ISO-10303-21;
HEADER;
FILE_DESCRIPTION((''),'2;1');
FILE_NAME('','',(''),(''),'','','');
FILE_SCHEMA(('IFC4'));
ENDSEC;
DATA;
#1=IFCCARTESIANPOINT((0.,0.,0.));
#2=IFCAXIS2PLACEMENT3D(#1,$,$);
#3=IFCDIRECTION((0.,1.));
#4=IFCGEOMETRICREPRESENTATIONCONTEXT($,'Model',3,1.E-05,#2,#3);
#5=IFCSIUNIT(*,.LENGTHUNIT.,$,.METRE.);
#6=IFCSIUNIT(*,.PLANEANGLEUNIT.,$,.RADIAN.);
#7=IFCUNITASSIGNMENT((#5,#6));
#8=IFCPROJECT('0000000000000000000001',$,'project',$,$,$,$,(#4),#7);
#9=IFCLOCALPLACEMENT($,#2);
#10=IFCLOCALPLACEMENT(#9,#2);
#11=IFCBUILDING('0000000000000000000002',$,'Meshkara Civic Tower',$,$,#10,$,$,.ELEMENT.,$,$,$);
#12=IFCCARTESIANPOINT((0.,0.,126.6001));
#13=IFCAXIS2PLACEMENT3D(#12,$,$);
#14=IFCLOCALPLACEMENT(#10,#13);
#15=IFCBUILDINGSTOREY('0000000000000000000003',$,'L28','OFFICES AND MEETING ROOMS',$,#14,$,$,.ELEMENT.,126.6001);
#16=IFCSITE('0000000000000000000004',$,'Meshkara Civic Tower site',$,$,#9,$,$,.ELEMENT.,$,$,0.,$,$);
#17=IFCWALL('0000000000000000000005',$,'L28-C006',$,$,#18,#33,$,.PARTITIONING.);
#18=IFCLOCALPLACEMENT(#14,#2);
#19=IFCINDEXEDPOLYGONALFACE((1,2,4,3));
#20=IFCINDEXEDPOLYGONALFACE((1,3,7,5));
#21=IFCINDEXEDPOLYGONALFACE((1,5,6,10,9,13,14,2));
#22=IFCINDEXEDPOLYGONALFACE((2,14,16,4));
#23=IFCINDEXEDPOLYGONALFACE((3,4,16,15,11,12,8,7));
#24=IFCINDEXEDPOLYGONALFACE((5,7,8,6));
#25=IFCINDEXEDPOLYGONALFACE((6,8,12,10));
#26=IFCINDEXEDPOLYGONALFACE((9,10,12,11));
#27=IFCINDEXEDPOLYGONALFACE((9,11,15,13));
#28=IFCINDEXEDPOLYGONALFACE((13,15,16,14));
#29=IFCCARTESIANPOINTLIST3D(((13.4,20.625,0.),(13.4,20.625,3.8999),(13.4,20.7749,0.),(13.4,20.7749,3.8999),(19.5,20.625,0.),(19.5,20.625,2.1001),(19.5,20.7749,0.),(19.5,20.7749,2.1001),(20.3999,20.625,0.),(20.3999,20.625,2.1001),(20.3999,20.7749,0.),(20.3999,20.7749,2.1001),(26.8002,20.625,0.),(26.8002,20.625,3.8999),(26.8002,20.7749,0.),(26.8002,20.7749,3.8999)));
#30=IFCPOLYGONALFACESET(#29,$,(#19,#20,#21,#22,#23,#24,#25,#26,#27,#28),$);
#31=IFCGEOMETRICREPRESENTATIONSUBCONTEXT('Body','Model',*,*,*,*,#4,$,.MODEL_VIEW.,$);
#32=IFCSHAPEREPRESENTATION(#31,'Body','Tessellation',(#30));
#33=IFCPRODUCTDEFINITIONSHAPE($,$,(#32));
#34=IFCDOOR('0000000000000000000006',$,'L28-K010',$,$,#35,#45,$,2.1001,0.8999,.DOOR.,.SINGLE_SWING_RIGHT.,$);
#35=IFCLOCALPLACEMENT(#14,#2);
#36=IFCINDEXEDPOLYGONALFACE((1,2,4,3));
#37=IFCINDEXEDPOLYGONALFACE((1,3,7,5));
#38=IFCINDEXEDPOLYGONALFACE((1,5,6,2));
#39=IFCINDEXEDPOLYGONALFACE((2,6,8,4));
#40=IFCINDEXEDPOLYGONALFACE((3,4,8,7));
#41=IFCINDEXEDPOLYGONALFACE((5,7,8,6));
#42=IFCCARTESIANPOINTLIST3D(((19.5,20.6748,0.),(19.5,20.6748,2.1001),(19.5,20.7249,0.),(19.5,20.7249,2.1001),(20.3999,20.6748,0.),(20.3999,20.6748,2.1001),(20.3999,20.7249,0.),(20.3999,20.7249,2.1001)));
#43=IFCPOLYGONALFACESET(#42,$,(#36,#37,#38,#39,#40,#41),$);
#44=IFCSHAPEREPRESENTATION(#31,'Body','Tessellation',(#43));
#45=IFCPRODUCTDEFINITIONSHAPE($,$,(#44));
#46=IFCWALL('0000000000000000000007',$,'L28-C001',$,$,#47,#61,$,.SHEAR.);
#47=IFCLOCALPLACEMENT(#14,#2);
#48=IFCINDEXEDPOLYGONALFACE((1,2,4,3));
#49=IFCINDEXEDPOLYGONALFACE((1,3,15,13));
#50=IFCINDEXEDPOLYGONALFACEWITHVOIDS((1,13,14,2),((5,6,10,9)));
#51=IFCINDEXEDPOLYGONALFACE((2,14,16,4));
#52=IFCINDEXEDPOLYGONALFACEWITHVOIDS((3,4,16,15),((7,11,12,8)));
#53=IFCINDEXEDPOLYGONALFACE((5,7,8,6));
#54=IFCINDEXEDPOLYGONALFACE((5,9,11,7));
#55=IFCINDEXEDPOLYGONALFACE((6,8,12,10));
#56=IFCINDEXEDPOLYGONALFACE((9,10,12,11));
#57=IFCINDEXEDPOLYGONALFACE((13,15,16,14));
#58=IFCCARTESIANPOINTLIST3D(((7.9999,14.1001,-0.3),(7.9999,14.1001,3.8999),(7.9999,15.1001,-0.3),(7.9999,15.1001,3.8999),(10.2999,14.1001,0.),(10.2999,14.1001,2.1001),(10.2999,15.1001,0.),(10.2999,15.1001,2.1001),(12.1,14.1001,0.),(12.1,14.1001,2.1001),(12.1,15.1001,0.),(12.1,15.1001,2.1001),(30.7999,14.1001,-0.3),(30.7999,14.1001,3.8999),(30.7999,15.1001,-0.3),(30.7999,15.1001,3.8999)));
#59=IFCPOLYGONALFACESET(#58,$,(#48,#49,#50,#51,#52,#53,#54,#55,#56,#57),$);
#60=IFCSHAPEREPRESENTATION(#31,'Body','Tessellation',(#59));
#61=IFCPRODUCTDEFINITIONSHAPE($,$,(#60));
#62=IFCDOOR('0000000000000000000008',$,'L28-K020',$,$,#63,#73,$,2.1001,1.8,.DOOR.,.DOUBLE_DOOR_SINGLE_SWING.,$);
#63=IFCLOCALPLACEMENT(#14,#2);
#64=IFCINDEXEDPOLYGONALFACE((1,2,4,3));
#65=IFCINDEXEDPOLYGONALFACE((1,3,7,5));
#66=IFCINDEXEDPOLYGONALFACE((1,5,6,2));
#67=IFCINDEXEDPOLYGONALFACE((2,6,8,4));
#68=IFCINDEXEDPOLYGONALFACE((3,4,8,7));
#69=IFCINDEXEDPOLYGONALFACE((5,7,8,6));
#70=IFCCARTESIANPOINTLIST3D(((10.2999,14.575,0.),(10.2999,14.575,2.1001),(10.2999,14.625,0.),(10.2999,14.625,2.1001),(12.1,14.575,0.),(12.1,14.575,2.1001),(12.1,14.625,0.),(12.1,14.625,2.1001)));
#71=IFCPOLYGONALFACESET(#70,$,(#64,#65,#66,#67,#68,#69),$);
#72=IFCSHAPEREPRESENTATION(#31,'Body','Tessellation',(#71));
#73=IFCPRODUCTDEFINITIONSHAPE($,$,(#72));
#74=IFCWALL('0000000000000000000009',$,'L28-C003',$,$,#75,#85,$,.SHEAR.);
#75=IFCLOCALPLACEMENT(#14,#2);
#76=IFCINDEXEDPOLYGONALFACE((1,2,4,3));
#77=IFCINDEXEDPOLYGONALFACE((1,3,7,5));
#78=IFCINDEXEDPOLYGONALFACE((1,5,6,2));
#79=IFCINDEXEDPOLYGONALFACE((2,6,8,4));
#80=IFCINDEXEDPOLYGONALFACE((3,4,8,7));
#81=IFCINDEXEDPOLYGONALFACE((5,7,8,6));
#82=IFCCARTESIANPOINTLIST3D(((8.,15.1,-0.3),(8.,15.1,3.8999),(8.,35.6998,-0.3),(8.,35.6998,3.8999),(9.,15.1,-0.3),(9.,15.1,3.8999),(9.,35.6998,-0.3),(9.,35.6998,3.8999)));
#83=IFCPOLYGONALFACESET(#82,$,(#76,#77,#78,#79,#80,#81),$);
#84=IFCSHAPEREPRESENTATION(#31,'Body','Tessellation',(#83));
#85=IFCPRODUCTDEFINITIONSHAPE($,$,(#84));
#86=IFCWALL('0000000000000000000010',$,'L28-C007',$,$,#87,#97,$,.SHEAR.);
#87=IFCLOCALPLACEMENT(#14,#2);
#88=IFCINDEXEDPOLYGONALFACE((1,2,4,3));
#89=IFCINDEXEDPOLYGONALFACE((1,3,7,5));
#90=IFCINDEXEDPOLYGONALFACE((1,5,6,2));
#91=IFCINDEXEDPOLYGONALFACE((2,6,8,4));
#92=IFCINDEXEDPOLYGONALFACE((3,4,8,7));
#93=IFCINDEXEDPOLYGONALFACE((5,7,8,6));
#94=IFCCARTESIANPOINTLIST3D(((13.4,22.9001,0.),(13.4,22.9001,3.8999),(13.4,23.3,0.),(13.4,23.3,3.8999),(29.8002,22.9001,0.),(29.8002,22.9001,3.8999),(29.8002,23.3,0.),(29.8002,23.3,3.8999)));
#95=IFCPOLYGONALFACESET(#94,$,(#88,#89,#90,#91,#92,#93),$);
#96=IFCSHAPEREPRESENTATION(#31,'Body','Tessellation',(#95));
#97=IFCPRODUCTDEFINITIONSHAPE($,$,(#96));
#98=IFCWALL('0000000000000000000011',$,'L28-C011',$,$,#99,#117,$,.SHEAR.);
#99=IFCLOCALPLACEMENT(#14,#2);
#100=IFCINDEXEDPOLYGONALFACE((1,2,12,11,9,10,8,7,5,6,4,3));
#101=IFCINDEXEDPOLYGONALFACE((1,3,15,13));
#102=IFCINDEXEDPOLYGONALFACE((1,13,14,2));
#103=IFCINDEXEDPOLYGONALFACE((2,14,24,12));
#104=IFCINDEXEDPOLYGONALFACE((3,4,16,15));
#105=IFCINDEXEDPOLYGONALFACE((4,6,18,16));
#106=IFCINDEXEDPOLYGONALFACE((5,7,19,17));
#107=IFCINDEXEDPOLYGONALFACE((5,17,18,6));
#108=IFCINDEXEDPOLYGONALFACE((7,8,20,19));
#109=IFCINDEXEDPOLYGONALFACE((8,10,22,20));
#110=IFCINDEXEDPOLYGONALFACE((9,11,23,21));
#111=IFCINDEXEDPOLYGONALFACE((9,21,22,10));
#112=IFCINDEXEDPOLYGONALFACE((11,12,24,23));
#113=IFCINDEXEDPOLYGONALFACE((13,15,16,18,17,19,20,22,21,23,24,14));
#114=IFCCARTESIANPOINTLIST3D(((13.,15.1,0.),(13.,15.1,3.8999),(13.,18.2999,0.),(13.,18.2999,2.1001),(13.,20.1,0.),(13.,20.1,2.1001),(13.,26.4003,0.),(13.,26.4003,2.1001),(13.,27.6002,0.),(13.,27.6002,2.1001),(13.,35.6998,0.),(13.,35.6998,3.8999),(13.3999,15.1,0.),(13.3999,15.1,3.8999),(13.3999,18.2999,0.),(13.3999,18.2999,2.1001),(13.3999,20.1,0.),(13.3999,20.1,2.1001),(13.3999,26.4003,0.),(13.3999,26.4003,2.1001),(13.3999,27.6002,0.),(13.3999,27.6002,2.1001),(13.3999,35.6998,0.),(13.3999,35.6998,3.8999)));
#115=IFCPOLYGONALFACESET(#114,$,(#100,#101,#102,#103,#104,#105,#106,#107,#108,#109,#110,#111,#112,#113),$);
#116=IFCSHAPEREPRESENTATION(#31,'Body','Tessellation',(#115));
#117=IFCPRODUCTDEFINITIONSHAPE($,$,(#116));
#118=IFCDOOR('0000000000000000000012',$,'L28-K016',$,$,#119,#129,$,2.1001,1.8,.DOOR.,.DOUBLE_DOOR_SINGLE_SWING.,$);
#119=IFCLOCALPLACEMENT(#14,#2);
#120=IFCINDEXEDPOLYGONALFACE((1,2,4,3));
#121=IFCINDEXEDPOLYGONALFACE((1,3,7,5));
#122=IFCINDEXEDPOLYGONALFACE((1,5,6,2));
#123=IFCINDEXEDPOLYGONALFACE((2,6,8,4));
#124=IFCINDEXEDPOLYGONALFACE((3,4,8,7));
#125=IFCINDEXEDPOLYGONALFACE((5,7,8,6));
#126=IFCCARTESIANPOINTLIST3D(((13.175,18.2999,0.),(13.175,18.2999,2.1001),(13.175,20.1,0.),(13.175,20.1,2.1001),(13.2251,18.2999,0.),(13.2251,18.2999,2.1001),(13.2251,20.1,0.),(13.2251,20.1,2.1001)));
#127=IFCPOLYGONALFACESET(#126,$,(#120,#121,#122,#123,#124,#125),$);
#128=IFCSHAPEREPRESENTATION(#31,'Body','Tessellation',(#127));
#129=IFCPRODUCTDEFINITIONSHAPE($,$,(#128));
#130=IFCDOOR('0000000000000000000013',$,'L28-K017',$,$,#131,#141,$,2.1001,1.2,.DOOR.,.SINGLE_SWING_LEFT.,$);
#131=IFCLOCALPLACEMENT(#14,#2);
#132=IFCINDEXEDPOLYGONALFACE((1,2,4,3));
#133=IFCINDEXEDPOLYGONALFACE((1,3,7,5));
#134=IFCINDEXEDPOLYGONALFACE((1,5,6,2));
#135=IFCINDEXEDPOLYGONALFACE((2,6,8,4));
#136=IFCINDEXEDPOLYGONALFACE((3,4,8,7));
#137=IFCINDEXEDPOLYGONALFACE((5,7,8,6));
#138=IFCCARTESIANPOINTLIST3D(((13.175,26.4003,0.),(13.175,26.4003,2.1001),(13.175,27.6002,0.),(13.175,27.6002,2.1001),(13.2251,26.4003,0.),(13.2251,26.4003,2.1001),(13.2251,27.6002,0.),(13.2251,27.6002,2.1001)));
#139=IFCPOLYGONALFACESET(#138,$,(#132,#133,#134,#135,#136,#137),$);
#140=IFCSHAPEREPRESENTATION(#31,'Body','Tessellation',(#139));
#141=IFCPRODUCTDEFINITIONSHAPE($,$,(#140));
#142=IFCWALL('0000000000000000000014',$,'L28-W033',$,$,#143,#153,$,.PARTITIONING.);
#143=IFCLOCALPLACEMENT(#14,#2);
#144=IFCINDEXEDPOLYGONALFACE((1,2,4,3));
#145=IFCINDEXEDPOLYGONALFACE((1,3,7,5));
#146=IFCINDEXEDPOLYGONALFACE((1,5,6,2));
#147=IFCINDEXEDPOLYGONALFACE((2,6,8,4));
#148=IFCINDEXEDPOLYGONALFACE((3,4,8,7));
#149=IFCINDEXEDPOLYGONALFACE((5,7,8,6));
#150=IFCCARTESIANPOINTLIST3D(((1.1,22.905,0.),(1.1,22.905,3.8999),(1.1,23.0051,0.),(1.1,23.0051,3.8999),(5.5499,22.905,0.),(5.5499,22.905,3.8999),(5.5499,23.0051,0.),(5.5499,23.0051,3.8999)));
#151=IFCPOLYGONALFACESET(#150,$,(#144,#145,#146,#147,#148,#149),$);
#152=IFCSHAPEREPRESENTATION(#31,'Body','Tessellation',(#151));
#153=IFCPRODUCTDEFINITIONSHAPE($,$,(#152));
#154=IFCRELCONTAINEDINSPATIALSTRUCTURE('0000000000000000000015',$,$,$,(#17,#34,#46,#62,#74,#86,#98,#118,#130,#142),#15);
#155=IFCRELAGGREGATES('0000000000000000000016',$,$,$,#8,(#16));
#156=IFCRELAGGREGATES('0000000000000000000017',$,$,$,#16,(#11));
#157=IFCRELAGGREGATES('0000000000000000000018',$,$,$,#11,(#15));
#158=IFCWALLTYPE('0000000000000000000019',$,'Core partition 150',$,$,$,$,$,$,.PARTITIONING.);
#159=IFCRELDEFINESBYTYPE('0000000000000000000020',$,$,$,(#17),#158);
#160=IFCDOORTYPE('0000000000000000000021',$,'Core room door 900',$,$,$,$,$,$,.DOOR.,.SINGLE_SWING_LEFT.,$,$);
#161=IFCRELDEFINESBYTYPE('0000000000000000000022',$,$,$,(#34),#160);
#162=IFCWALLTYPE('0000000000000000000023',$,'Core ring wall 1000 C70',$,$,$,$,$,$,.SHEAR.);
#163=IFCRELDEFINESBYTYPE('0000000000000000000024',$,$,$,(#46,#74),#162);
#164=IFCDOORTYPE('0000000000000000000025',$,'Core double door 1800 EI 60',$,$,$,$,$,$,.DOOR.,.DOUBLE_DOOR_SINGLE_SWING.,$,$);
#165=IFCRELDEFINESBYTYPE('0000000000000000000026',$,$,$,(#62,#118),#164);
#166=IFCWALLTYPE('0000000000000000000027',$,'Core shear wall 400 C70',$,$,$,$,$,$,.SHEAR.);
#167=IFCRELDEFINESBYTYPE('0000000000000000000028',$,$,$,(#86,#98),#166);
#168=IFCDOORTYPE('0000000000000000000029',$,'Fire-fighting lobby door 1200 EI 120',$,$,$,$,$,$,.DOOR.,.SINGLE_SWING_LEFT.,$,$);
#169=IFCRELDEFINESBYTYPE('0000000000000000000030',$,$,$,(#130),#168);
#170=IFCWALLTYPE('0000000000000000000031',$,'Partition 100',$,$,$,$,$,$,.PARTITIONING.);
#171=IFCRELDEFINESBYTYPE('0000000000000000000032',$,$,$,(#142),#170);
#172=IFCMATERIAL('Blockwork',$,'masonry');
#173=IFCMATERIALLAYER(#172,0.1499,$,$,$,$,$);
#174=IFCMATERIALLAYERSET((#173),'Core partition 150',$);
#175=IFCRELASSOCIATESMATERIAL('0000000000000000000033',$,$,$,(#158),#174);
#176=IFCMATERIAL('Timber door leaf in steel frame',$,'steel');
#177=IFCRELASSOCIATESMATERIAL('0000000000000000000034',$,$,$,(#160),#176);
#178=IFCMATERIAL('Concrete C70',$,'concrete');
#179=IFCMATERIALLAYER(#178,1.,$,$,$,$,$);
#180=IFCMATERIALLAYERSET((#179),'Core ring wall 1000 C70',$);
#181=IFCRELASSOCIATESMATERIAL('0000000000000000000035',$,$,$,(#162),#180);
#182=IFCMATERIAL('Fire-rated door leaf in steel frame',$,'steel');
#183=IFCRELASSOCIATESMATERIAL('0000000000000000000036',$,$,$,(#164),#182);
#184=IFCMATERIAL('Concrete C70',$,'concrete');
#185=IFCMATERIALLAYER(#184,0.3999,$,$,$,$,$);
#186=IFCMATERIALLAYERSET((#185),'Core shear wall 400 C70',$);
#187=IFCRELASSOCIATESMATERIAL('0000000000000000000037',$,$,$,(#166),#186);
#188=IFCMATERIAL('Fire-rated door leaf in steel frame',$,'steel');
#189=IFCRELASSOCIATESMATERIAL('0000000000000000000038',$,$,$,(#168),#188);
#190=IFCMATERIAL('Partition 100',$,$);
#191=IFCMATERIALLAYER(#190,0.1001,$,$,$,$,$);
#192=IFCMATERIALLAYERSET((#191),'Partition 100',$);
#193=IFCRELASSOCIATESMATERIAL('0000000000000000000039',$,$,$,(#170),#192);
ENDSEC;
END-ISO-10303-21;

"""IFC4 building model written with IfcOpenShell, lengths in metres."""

from ifc_helpers import new_model, si_unit, direction, frame, frame_2d, origin, place, context, subcontext, project, spatial, rectangle, extrude, material, layer, layer_set, type_object, element, fill, save


model = new_model("IFC4")

# Units and contexts
model_context = context("Model", 3, precision=1e-05, world=origin(), true_north=direction((0.0, 1.0)))
body_context = subcontext(model_context, "Body", "Model", "MODEL_VIEW")
ifc_project = project(units=[si_unit("LENGTHUNIT", "METRE"), si_unit("PLANEANGLEUNIT", "RADIAN")], contexts=[model_context])

# Site, building, storey
site_placement = place(None, origin())
site = spatial("IfcSite", under=ifc_project, at=site_placement, Name="Meshkara Civic Tower site", CompositionType="ELEMENT", RefElevation=0.0)
building_placement = place(site_placement, origin())
building = spatial("IfcBuilding", under=site, at=building_placement, Name="Meshkara Civic Tower", CompositionType="ELEMENT")
storey_placement = place(building_placement, frame((0.0, 0.0, 126.6001)))
storey = spatial("IfcBuildingStorey", under=building, at=storey_placement, Name="L28", Description="OFFICES AND MEETING ROOMS", CompositionType="ELEMENT", Elevation=126.6001)

# Walls, openings, doors
ifc_material_1 = material(Name="Blockwork", Category="masonry")
ifc_layer_1 = layer(ifc_material_1, 0.1499)
ifc_layer_set_1 = layer_set([ifc_layer_1], Name="Core partition 150")
wall_type_1 = type_object("IfcWallType", Name="Core partition 150", PredefinedType="PARTITIONING", material=ifc_layer_set_1)
wall_1_placement = place(storey_placement, frame((13.3999, 20.7, 0.0), z_axis=(0.0, 0.0, 1.0), x_axis=(1.0, 0.0, 0.0)))
wall_1 = element("IfcWall", 1, at=wall_1_placement, inside=storey, type_object=wall_type_1, Name="L28-C006", PredefinedType="PARTITIONING", context=body_context, shape_type="SweptSolid", body=[
    extrude(rectangle(XDim=13.4001, YDim=0.1499, at=frame_2d((6.7002, 0.0))), origin(), (0.0, 0.0, 1.0), 3.8999),
])
opening_1_placement = place(wall_1_placement, frame((6.1001, 0.0, 0.0)))
opening_1 = element("IfcOpeningElement", 2, at=opening_1_placement, cuts=wall_1, PredefinedType="OPENING", context=body_context, shape_type="SweptSolid", body=[
    extrude(rectangle(XDim=0.8999, YDim=2.1001, at=frame_2d((0.45, 1.05))), frame((0.0, 0.085, 0.0), z_axis=(0.0, -1.0, 0.0), x_axis=(1.0, 0.0, 0.0)), (0.0, 0.0, 1.0), 0.1699),
])
ifc_material_2 = material(Name="Timber door leaf in steel frame", Category="steel")
door_type_1 = type_object("IfcDoorType", Name="Core room door 900", OperationType="SINGLE_SWING_LEFT", PredefinedType="DOOR", material=ifc_material_2)
door_1_placement = place(opening_1_placement, origin())
door_1 = element("IfcDoor", 3, at=door_1_placement, inside=storey, type_object=door_type_1, Name="L28-K010", OperationType="SINGLE_SWING_RIGHT", OverallHeight=2.1001, OverallWidth=0.8999, PredefinedType="DOOR", context=body_context, shape_type="SweptSolid", body=[
    extrude(rectangle(XDim=0.8999, YDim=2.1001, at=frame_2d((0.45, 1.05))), frame((0.0, 0.0249, 0.0), z_axis=(0.0, -1.0, 0.0), x_axis=(1.0, 0.0, 0.0)), (0.0, 0.0, 1.0), 0.05),
])
fill(opening_1, door_1)
ifc_material_3 = material(Name="Concrete C70", Category="concrete")
ifc_layer_2 = layer(ifc_material_3, 1.0)
ifc_layer_set_2 = layer_set([ifc_layer_2], Name="Core ring wall 1000 C70")
wall_type_2 = type_object("IfcWallType", Name="Core ring wall 1000 C70", PredefinedType="SHEAR", material=ifc_layer_set_2)
wall_2_placement = place(storey_placement, frame((8.0, 14.6001, -0.3), z_axis=(0.0, 0.0, 1.0), x_axis=(1.0, 0.0, 0.0)))
wall_2 = element("IfcWall", 4, at=wall_2_placement, inside=storey, type_object=wall_type_2, Name="L28-C001", PredefinedType="SHEAR", context=body_context, shape_type="SweptSolid", body=[
    extrude(rectangle(XDim=22.8, YDim=1.0, at=frame_2d((11.3999, 0.0))), origin(), (0.0, 0.0, 1.0), 4.2),
])
opening_2_placement = place(wall_2_placement, frame((2.3, 0.0, 0.3)))
opening_2 = element("IfcOpeningElement", 5, at=opening_2_placement, cuts=wall_2, PredefinedType="OPENING", context=body_context, shape_type="SweptSolid", body=[
    extrude(rectangle(XDim=1.8, YDim=2.1001, at=frame_2d((0.8999, 1.05))), frame((0.0, 0.51, 0.0), z_axis=(0.0, -1.0, 0.0), x_axis=(1.0, 0.0, 0.0)), (0.0, 0.0, 1.0), 1.02),
])
ifc_material_4 = material(Name="Fire-rated door leaf in steel frame", Category="steel")
door_type_2 = type_object("IfcDoorType", Name="Core double door 1800 EI 60", OperationType="DOUBLE_DOOR_SINGLE_SWING", PredefinedType="DOOR", material=ifc_material_4)
door_2_placement = place(opening_2_placement, origin())
door_2 = element("IfcDoor", 6, at=door_2_placement, inside=storey, type_object=door_type_2, Name="L28-K020", OperationType="DOUBLE_DOOR_SINGLE_SWING", OverallHeight=2.1001, OverallWidth=1.8, PredefinedType="DOOR", context=body_context, shape_type="SweptSolid", body=[
    extrude(rectangle(XDim=1.8, YDim=2.1001, at=frame_2d((0.8999, 1.05))), frame((0.0, 0.0249, 0.0), z_axis=(0.0, -1.0, 0.0), x_axis=(1.0, 0.0, 0.0)), (0.0, 0.0, 1.0), 0.05),
])
fill(opening_2, door_2)

# Walls
wall_3_placement = place(storey_placement, frame((8.5, 15.1001, -0.3), z_axis=(0.0, 0.0, 1.0), x_axis=(0.0, 1.0, 0.0)))
element("IfcWall", 7, at=wall_3_placement, inside=storey, type_object=wall_type_2, Name="L28-C003", PredefinedType="SHEAR", context=body_context, shape_type="SweptSolid", body=[
    extrude(rectangle(XDim=20.5999, YDim=1.0, at=frame_2d((10.2998, 0.0))), origin(), (0.0, 0.0, 1.0), 4.2),
])
ifc_material_5 = material(Name="Concrete C70", Category="concrete")
ifc_layer_3 = layer(ifc_material_5, 0.3999)
ifc_layer_set_3 = layer_set([ifc_layer_3], Name="Core shear wall 400 C70")
wall_type_3 = type_object("IfcWallType", Name="Core shear wall 400 C70", PredefinedType="SHEAR", material=ifc_layer_set_3)
wall_4_placement = place(storey_placement, frame((13.3999, 23.1001, 0.0), z_axis=(0.0, 0.0, 1.0), x_axis=(1.0, 0.0, 0.0)))
element("IfcWall", 8, at=wall_4_placement, inside=storey, type_object=wall_type_3, Name="L28-C007", PredefinedType="SHEAR", context=body_context, shape_type="SweptSolid", body=[
    extrude(rectangle(XDim=16.4001, YDim=0.3999, at=frame_2d((8.2002, 0.0))), origin(), (0.0, 0.0, 1.0), 3.8999),
])

# Wall, openings, doors
wall_5_placement = place(storey_placement, frame((13.2, 15.1001, 0.0), z_axis=(0.0, 0.0, 1.0), x_axis=(0.0, 1.0, 0.0)))
wall_5 = element("IfcWall", 9, at=wall_5_placement, inside=storey, type_object=wall_type_3, Name="L28-C011", PredefinedType="SHEAR", context=body_context, shape_type="SweptSolid", body=[
    extrude(rectangle(XDim=20.5999, YDim=0.3999, at=frame_2d((10.2998, 0.0))), origin(), (0.0, 0.0, 1.0), 3.8999),
])
opening_3_placement = place(wall_5_placement, frame((3.2, 0.0, 0.0)))
opening_3 = element("IfcOpeningElement", 10, at=opening_3_placement, cuts=wall_5, PredefinedType="OPENING", context=body_context, shape_type="SweptSolid", body=[
    extrude(rectangle(XDim=1.8, YDim=2.1001, at=frame_2d((0.8999, 1.05))), frame((0.0, 0.21, 0.0), z_axis=(0.0, -1.0, 0.0), x_axis=(1.0, 0.0, 0.0)), (0.0, 0.0, 1.0), 0.4199),
])
opening_4_placement = place(wall_5_placement, frame((11.3, 0.0, 0.0)))
opening_4 = element("IfcOpeningElement", 11, at=opening_4_placement, cuts=wall_5, PredefinedType="OPENING", context=body_context, shape_type="SweptSolid", body=[
    extrude(rectangle(XDim=1.2, YDim=2.1001, at=frame_2d((0.6001, 1.05))), frame((0.0, 0.21, 0.0), z_axis=(0.0, -1.0, 0.0), x_axis=(1.0, 0.0, 0.0)), (0.0, 0.0, 1.0), 0.4199),
])
door_3_placement = place(opening_3_placement, origin())
door_3 = element("IfcDoor", 12, at=door_3_placement, inside=storey, type_object=door_type_2, Name="L28-K016", OperationType="DOUBLE_DOOR_SINGLE_SWING", OverallHeight=2.1001, OverallWidth=1.8, PredefinedType="DOOR", context=body_context, shape_type="SweptSolid", body=[
    extrude(rectangle(XDim=1.8, YDim=2.1001, at=frame_2d((0.8999, 1.05))), frame((0.0, 0.0249, 0.0), z_axis=(0.0, -1.0, 0.0), x_axis=(1.0, 0.0, 0.0)), (0.0, 0.0, 1.0), 0.05),
])
fill(opening_3, door_3)
ifc_material_6 = material(Name="Fire-rated door leaf in steel frame", Category="steel")
door_type_3 = type_object("IfcDoorType", Name="Fire-fighting lobby door 1200 EI 120", OperationType="SINGLE_SWING_LEFT", PredefinedType="DOOR", material=ifc_material_6)
door_4_placement = place(opening_4_placement, origin())
door_4 = element("IfcDoor", 13, at=door_4_placement, inside=storey, type_object=door_type_3, Name="L28-K017", OperationType="SINGLE_SWING_LEFT", OverallHeight=2.1001, OverallWidth=1.2, PredefinedType="DOOR", context=body_context, shape_type="SweptSolid", body=[
    extrude(rectangle(XDim=1.2, YDim=2.1001, at=frame_2d((0.6001, 1.05))), frame((0.0, 0.0249, 0.0), z_axis=(0.0, -1.0, 0.0), x_axis=(1.0, 0.0, 0.0)), (0.0, 0.0, 1.0), 0.05),
])
fill(opening_4, door_4)

# Wall
ifc_material_7 = material(Name="Partition 100")
ifc_layer_4 = layer(ifc_material_7, 0.1001)
ifc_layer_set_4 = layer_set([ifc_layer_4], Name="Partition 100")
wall_type_4 = type_object("IfcWallType", Name="Partition 100", PredefinedType="PARTITIONING", material=ifc_layer_set_4)
wall_6_placement = place(storey_placement, frame((5.55, 22.9551, 0.0), z_axis=(0.0, 0.0, 1.0), x_axis=(-1.0, 0.0, 0.0)))
element("IfcWall", 14, at=wall_6_placement, inside=storey, type_object=wall_type_4, Name="L28-W033", PredefinedType="PARTITIONING", context=body_context, shape_type="SweptSolid", body=[
    extrude(rectangle(XDim=4.45, YDim=0.1001, at=frame_2d((2.2251, 0.0))), origin(), (0.0, 0.0, 1.0), 3.8999),
])

save(model, "model.ifc")
